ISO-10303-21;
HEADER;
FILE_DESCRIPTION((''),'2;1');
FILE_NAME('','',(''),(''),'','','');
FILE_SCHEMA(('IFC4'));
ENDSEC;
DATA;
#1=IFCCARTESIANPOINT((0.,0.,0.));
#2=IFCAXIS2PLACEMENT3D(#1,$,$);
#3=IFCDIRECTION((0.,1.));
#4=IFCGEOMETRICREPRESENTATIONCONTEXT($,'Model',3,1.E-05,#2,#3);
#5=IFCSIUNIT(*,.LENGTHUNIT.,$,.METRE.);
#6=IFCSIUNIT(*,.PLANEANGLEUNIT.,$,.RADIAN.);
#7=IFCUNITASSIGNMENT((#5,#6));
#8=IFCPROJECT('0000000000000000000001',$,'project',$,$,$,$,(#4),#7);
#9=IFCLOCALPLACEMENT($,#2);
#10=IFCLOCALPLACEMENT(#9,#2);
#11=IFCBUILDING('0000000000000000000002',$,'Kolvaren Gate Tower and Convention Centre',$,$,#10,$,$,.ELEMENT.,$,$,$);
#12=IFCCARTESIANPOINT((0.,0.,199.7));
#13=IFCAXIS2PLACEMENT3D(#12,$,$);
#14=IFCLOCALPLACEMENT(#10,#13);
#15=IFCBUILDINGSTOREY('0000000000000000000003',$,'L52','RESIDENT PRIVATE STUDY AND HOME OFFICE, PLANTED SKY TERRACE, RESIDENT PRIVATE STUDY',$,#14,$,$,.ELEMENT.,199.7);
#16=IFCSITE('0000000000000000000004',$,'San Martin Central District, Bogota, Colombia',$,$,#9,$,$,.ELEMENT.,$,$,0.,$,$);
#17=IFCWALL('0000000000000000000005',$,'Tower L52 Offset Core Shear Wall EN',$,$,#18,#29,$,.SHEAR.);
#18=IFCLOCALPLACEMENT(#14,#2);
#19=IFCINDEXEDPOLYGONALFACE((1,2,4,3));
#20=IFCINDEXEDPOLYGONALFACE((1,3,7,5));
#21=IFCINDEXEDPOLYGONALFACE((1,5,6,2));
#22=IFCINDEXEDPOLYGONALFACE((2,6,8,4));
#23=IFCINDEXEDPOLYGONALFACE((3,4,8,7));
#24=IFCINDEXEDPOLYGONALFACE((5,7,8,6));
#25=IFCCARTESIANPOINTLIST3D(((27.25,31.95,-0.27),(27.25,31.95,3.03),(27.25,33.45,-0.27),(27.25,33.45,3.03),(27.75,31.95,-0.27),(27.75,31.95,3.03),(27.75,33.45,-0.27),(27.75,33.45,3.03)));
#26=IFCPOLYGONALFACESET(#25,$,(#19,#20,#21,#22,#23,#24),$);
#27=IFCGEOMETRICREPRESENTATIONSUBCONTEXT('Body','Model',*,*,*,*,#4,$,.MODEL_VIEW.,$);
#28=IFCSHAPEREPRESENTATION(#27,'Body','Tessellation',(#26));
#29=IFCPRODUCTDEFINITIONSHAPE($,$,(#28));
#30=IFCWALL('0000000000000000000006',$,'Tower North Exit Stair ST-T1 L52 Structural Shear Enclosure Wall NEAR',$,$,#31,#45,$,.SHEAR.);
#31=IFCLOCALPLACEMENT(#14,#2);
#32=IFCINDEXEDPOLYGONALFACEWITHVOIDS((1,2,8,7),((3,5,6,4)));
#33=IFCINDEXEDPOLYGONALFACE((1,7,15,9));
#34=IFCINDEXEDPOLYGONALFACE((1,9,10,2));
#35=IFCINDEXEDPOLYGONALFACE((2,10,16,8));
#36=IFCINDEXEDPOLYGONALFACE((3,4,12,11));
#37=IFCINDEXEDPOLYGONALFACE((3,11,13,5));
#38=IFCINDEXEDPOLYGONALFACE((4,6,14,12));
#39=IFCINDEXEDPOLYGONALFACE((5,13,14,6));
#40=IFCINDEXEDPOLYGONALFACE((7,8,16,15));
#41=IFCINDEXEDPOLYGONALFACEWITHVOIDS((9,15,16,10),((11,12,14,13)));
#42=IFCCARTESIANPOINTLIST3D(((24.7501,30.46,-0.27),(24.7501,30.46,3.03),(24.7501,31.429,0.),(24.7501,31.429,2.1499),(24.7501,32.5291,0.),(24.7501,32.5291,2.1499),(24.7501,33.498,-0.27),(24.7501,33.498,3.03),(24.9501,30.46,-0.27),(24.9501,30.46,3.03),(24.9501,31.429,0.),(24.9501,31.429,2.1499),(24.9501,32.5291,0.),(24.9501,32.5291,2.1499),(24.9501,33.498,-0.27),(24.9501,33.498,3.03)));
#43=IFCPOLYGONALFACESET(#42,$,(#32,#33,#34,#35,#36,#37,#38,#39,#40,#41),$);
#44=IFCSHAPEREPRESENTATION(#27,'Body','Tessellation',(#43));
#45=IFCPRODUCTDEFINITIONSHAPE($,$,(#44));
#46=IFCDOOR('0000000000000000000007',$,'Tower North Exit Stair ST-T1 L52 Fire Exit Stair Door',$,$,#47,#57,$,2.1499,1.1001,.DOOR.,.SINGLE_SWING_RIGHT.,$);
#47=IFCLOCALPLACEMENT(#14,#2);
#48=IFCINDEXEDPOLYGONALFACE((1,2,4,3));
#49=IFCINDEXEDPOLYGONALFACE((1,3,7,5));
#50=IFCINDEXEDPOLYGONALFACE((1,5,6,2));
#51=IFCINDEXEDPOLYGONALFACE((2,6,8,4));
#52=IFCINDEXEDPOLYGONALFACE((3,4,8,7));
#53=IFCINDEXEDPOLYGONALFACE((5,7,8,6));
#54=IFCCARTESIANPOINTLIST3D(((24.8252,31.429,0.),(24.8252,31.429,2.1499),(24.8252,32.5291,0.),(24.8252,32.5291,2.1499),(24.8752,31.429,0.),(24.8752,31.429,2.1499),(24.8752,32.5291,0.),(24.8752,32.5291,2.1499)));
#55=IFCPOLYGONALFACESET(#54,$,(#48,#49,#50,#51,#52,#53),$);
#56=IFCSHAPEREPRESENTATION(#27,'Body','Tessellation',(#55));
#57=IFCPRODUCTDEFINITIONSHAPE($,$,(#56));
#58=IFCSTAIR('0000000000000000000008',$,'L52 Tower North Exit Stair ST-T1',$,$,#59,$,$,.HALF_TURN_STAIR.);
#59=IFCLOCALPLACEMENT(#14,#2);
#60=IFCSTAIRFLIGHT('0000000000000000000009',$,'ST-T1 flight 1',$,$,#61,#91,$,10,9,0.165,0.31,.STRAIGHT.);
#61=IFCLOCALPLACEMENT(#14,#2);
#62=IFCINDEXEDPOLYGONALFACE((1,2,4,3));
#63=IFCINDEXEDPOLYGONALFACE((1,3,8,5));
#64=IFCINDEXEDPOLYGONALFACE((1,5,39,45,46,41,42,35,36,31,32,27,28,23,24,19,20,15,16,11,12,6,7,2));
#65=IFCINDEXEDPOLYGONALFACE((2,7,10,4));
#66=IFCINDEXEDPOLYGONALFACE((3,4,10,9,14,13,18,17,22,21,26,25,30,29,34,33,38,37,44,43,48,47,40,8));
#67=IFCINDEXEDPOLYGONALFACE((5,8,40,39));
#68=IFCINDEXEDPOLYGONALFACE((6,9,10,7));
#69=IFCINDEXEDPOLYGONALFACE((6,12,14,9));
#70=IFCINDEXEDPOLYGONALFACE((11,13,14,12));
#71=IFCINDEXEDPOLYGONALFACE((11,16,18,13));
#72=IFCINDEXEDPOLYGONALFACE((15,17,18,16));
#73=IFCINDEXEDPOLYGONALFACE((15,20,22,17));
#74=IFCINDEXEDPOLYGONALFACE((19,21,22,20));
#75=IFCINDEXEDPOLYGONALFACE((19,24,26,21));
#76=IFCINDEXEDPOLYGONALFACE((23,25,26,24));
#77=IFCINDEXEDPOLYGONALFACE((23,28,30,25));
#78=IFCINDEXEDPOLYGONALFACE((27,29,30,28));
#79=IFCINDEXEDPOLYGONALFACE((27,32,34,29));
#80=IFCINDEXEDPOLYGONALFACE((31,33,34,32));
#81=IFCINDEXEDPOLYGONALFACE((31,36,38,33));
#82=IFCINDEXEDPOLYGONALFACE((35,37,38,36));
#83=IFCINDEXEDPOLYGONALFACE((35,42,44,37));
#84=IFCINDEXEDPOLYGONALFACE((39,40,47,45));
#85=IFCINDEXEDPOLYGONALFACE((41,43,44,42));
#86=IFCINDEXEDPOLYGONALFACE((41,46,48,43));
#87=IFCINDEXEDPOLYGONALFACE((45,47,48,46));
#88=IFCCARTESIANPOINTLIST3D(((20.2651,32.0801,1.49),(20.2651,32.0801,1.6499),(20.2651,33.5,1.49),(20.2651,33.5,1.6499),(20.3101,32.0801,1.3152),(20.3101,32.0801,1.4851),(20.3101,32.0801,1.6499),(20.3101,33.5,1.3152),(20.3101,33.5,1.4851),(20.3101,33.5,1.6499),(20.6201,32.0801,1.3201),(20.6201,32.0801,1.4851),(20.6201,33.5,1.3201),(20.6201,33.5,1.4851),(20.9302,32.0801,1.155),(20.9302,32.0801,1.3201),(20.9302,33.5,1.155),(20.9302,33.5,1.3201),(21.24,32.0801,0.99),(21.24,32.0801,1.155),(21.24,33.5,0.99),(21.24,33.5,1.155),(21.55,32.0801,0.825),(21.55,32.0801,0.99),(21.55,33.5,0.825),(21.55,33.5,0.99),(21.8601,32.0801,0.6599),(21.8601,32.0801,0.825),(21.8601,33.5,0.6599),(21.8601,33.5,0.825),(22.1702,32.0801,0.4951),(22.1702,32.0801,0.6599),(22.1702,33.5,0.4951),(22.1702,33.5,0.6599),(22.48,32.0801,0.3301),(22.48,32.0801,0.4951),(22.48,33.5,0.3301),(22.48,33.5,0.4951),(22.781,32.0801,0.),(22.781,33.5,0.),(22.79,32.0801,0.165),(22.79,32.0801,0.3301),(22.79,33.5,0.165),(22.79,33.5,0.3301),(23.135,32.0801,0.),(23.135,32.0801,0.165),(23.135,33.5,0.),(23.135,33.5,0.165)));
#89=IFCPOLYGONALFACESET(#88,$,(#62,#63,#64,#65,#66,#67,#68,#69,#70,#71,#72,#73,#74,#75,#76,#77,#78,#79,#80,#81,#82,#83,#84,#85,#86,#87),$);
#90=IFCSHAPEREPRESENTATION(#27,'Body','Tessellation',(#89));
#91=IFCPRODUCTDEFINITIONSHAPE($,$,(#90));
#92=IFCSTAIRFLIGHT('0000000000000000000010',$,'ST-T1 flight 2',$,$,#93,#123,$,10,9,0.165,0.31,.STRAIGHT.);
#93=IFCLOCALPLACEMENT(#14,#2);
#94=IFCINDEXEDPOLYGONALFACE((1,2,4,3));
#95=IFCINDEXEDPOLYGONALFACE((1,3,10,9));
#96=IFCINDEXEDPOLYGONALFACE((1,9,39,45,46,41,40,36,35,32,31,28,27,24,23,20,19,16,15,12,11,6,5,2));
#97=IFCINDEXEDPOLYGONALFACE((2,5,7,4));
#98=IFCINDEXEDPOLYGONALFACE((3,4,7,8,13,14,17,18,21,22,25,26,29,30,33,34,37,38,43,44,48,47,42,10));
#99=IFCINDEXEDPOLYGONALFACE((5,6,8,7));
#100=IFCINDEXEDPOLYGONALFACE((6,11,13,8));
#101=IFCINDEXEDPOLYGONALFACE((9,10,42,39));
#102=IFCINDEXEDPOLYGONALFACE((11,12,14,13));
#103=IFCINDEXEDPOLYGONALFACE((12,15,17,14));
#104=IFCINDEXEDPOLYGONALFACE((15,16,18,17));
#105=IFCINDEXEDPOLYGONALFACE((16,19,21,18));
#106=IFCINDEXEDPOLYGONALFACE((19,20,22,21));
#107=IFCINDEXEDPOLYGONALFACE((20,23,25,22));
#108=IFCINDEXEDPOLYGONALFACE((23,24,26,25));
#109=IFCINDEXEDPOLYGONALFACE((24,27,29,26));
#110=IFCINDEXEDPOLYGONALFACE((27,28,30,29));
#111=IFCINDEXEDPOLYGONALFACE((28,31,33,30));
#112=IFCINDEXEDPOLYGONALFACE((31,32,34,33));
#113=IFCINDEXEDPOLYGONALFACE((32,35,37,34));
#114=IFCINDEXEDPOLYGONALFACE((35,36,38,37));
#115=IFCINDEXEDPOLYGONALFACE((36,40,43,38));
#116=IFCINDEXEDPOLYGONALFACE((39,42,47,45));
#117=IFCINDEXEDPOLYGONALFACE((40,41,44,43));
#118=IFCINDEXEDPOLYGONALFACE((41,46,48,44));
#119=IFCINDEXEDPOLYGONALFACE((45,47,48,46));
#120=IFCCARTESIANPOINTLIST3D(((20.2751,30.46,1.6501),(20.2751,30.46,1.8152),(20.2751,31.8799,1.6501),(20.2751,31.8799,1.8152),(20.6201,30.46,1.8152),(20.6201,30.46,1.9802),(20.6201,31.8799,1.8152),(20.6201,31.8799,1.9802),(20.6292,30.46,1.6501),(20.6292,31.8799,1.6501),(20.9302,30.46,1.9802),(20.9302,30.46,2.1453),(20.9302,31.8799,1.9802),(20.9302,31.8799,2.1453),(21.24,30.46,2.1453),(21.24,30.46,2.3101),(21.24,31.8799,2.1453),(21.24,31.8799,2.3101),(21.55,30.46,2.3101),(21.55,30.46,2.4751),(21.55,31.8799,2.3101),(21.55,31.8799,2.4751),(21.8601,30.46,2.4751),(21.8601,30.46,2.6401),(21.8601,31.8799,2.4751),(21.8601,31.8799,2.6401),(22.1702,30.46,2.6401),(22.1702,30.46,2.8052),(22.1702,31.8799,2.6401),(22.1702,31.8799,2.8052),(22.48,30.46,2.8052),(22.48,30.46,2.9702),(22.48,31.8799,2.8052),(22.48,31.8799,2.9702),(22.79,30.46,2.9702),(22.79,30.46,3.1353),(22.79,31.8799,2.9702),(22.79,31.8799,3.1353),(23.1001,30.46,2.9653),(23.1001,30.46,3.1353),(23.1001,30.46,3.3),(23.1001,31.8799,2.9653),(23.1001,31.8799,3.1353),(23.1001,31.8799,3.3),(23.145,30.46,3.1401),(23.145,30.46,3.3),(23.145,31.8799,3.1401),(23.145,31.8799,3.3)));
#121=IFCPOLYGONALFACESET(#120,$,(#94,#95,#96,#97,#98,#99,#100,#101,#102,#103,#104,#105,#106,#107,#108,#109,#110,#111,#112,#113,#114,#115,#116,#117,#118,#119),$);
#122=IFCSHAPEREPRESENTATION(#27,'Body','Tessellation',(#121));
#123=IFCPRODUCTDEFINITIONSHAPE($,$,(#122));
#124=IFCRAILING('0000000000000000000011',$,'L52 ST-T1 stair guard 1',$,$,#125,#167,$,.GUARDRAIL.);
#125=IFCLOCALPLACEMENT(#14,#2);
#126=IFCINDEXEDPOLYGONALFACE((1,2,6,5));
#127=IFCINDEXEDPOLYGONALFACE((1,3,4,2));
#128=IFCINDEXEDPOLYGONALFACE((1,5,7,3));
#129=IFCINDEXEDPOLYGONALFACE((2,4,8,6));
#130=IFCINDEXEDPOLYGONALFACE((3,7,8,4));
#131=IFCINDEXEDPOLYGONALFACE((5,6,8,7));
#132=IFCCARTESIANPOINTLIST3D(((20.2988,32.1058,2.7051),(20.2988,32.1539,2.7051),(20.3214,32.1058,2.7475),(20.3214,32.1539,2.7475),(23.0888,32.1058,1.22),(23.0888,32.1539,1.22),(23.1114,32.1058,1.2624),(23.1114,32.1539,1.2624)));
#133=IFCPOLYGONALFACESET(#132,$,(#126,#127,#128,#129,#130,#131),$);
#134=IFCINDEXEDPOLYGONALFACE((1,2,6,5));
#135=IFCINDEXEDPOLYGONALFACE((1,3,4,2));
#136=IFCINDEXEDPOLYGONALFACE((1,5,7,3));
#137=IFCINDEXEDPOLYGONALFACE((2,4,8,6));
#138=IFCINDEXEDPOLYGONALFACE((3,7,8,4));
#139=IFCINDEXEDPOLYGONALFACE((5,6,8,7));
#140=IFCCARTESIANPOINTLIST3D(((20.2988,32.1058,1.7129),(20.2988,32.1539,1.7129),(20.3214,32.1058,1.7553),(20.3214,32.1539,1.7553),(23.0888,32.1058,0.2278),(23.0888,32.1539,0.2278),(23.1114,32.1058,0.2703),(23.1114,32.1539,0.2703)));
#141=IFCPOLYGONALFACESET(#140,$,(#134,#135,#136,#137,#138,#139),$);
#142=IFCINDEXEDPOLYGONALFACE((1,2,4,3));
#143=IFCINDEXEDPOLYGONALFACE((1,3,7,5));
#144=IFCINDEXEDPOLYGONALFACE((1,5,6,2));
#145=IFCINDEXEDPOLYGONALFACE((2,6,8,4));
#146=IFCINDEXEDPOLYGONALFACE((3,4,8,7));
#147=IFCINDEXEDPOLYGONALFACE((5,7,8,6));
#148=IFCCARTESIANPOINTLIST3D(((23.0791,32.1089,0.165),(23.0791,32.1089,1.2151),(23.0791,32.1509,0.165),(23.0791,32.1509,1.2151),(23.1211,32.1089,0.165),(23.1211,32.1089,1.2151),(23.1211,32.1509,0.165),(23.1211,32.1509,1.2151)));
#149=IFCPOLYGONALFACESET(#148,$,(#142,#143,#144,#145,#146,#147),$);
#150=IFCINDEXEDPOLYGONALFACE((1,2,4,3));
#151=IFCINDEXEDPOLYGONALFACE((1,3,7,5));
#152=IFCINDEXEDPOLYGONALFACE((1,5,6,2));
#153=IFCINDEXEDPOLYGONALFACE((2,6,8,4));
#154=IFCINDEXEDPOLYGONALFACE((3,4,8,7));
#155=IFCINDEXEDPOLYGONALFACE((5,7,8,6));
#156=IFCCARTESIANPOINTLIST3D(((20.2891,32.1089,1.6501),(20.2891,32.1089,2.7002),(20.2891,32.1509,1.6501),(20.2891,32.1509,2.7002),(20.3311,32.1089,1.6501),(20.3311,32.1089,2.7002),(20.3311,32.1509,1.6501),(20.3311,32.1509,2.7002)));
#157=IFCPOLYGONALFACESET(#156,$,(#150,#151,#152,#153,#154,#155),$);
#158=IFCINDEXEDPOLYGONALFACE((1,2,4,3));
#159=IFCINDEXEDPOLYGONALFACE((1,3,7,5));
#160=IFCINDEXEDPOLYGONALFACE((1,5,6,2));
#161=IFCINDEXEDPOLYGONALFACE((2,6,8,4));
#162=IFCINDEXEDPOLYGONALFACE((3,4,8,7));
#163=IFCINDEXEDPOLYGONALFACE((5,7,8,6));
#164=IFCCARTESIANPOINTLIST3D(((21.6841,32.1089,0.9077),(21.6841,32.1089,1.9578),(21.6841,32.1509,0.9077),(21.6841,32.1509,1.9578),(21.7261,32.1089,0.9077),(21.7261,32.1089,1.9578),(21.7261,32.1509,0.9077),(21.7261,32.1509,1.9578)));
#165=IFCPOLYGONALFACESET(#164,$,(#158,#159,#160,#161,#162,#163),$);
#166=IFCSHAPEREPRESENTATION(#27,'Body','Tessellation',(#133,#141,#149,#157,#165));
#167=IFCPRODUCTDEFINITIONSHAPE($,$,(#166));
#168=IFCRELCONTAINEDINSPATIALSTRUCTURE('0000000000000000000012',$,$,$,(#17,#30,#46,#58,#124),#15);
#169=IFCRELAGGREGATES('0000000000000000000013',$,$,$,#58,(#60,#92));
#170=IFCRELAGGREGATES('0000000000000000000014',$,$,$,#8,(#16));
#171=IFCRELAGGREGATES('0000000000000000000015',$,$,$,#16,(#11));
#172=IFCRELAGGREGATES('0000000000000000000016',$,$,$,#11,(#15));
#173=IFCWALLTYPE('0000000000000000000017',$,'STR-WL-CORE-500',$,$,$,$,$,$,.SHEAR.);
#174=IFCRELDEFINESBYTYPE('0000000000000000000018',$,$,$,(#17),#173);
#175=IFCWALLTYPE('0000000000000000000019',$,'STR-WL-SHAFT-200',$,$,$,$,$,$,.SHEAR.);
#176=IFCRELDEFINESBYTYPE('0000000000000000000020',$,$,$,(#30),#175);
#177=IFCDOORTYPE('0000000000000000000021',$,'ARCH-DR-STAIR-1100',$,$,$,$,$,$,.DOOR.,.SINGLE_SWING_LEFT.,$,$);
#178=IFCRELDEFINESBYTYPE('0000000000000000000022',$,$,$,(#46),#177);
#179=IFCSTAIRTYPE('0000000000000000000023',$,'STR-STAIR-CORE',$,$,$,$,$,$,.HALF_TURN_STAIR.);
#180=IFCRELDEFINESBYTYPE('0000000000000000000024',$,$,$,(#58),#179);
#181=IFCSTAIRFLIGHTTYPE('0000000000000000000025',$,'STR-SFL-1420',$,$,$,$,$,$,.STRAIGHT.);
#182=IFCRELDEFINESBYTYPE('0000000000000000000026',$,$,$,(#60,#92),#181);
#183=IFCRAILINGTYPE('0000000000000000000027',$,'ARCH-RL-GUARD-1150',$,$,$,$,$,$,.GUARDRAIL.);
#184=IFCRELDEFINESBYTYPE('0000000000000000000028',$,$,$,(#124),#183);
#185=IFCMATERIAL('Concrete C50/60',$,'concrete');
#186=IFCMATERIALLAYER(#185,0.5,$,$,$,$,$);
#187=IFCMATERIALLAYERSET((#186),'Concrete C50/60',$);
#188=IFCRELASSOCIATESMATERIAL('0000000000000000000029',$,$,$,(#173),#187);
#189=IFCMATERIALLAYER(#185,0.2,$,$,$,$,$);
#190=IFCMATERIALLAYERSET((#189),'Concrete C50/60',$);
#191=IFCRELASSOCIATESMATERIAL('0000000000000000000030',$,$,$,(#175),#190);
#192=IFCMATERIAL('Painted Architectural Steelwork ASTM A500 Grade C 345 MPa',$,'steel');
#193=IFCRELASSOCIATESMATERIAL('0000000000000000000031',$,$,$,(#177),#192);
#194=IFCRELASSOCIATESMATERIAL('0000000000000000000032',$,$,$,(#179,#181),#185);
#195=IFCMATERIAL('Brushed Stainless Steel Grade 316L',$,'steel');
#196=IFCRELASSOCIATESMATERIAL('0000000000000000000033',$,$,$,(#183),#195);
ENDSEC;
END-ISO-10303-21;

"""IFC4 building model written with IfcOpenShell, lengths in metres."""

from ifc_helpers import new_model, si_unit, direction, frame, frame_2d, origin, origin_2d, place, context, subcontext, project, spatial, polyline, rectangle, outline, extrude, material, layer, layer_set, type_object, element, fill, aggregate, save


model = new_model("IFC4")

# Units and contexts
model_context = context("Model", 3, precision=1e-05, world=origin(), true_north=direction((0.0, 1.0)))
body_context = subcontext(model_context, "Body", "Model", "MODEL_VIEW")
ifc_project = project(units=[si_unit("LENGTHUNIT", "METRE"), si_unit("PLANEANGLEUNIT", "RADIAN")], contexts=[model_context])

# Site, building, storey
site_placement = place(None, origin())
site = spatial("IfcSite", under=ifc_project, at=site_placement, Name="San Martin Central District, Bogota, Colombia", CompositionType="ELEMENT", RefElevation=0.0)
building_placement = place(site_placement, origin())
building = spatial("IfcBuilding", under=site, at=building_placement, Name="Kolvaren Gate Tower and Convention Centre", CompositionType="ELEMENT")
storey_placement = place(building_placement, frame((0.0, 0.0, 199.7)))
storey = spatial("IfcBuildingStorey", under=building, at=storey_placement, Name="L52", Description="RESIDENT PRIVATE STUDY AND HOME OFFICE, PLANTED SKY TERRACE, RESIDENT PRIVATE STUDY", CompositionType="ELEMENT", Elevation=199.7)

# Shared definitions
ifc_material_1 = material(Name="Brushed Stainless Steel Grade 316L", Category="steel")
ifc_material_2 = material(Name="Painted Architectural Steelwork ASTM A500 Grade C 345 MPa", Category="steel")

# Wall
ifc_material_3 = material(Name="Concrete C50/60", Category="concrete")
ifc_layer_1 = layer(ifc_material_3, 0.5)
ifc_layer_set_1 = layer_set([ifc_layer_1], Name="Concrete C50/60")
wall_type_1 = type_object("IfcWallType", Name="STR-WL-CORE-500", PredefinedType="SHEAR", material=ifc_layer_set_1)
wall_1_placement = place(storey_placement, frame((27.5, 31.95, -0.27), z_axis=(0.0, 0.0, 1.0), x_axis=(0.0, 1.0, 0.0)))
element("IfcWall", 1, at=wall_1_placement, inside=storey, type_object=wall_type_1, Name="Tower L52 Offset Core Shear Wall EN", PredefinedType="SHEAR", context=body_context, shape_type="SweptSolid", body=[
    extrude(rectangle(XDim=1.5, YDim=0.5, at=frame_2d((0.75, 0.0))), origin(), (0.0, 0.0, 1.0), 3.3),
])

# Wall, opening, door
ifc_layer_2 = layer(ifc_material_3, 0.2)
ifc_layer_set_2 = layer_set([ifc_layer_2], Name="Concrete C50/60")
wall_type_2 = type_object("IfcWallType", Name="STR-WL-SHAFT-200", PredefinedType="SHEAR", material=ifc_layer_set_2)
wall_2_placement = place(storey_placement, frame((24.8501, 30.46, -0.27), z_axis=(0.0, 0.0, 1.0), x_axis=(0.0, 1.0, 0.0)))
wall_2 = element("IfcWall", 2, at=wall_2_placement, inside=storey, type_object=wall_type_2, Name="Tower North Exit Stair ST-T1 L52 Structural Shear Enclosure Wall NEAR", PredefinedType="SHEAR", context=body_context, shape_type="SweptSolid", body=[
    extrude(rectangle(XDim=3.0381, YDim=0.2, at=frame_2d((1.519, 0.0))), origin(), (0.0, 0.0, 1.0), 3.3),
])
opening_1_placement = place(wall_2_placement, frame((0.969, 0.0, 0.27)))
opening_1 = element("IfcOpeningElement", 3, at=opening_1_placement, cuts=wall_2, PredefinedType="OPENING", context=body_context, shape_type="SweptSolid", body=[
    extrude(rectangle(XDim=1.1001, YDim=2.1499, at=frame_2d((0.55, 1.075))), frame((0.0, 0.1099, 0.0), z_axis=(0.0, -1.0, 0.0), x_axis=(1.0, 0.0, 0.0)), (0.0, 0.0, 1.0), 0.22),
])
door_type_1 = type_object("IfcDoorType", Name="ARCH-DR-STAIR-1100", OperationType="SINGLE_SWING_LEFT", PredefinedType="DOOR", material=ifc_material_2)
door_1_placement = place(opening_1_placement, origin())
door_1 = element("IfcDoor", 4, at=door_1_placement, inside=storey, type_object=door_type_1, Name="Tower North Exit Stair ST-T1 L52 Fire Exit Stair Door", OperationType="SINGLE_SWING_RIGHT", OverallHeight=2.1499, OverallWidth=1.1001, PredefinedType="DOOR", context=body_context, shape_type="SweptSolid", body=[
    extrude(rectangle(XDim=1.1001, YDim=2.1499, at=frame_2d((0.55, 1.075))), frame((0.0, 0.0249, 0.0), z_axis=(0.0, -1.0, 0.0), x_axis=(1.0, 0.0, 0.0)), (0.0, 0.0, 1.0), 0.05),
])
fill(opening_1, door_1)

# Stair, stair flights
stair_type = type_object("IfcStairType", Name="STR-STAIR-CORE", PredefinedType="HALF_TURN_STAIR", material=ifc_material_3)
stair_placement = place(storey_placement, origin())
stair = element("IfcStair", 5, at=stair_placement, inside=storey, type_object=stair_type, Name="L52 Tower North Exit Stair ST-T1", PredefinedType="HALF_TURN_STAIR")
stair_flight_type = type_object("IfcStairFlightType", Name="STR-SFL-1420", PredefinedType="STRAIGHT", material=ifc_material_3)
stair_flight_1_placement = place(storey_placement, frame((23.1001, 32.79, 0.0), z_axis=(0.0, 0.0, 1.0), x_axis=(-1.0, 0.0, 0.0)))
stair_flight_1 = element("IfcStairFlight", 6, at=stair_flight_1_placement, type_object=stair_flight_type, Name="ST-T1 flight 1", NumberOfRisers=10, NumberOfTreads=9, PredefinedType="STRAIGHT", RiserHeight=0.165, TreadLength=0.31, context=body_context, shape_type="SweptSolid", body=[
    extrude(outline(polyline([(-0.0349, 0.0), (-0.0349, 0.165), (0.3101, 0.165), (0.3101, 0.3301), (0.6201, 0.3301), (0.6201, 0.4951), (0.9299, 0.4951), (0.9299, 0.6599), (1.24, 0.6599), (1.24, 0.825), (1.55, 0.825), (1.55, 0.99), (1.8601, 0.99), (1.8601, 1.155), (2.1699, 1.155), (2.1699, 1.3201), (2.48, 1.3201), (2.48, 1.4851), (2.79, 1.4851), (2.79, 1.6499), (2.835, 1.6499), (2.835, 1.49), (2.79, 1.3152), (0.3191, 0.0), (-0.0349, 0.0)])), frame((0.0, 0.71, 0.0), z_axis=(0.0, -1.0, 0.0), x_axis=(1.0, 0.0, 0.0)), (0.0, 0.0, 1.0), 1.4199),
])
stair_flight_2_placement = place(storey_placement, frame((20.3101, 31.1699, 1.6501), z_axis=(0.0, 0.0, 1.0), x_axis=(1.0, 0.0, 0.0)))
stair_flight_2 = element("IfcStairFlight", 7, at=stair_flight_2_placement, type_object=stair_flight_type, Name="ST-T1 flight 2", NumberOfRisers=10, NumberOfTreads=9, PredefinedType="STRAIGHT", RiserHeight=0.165, TreadLength=0.31, context=body_context, shape_type="SweptSolid", body=[
    extrude(outline(polyline([(-0.0349, 0.0), (-0.0349, 0.165), (0.3101, 0.165), (0.3101, 0.3301), (0.6201, 0.3301), (0.6201, 0.4951), (0.9299, 0.4951), (0.9299, 0.6599), (1.24, 0.6599), (1.24, 0.825), (1.55, 0.825), (1.55, 0.99), (1.8601, 0.99), (1.8601, 1.155), (2.1699, 1.155), (2.1699, 1.3201), (2.48, 1.3201), (2.48, 1.4851), (2.79, 1.4851), (2.79, 1.6499), (2.835, 1.6499), (2.835, 1.49), (2.79, 1.3152), (0.3191, 0.0), (-0.0349, 0.0)])), frame((0.0, 0.71, 0.0), z_axis=(0.0, -1.0, 0.0), x_axis=(1.0, 0.0, 0.0)), (0.0, 0.0, 1.0), 1.4199),
])
aggregate(stair, [stair_flight_1, stair_flight_2])

# Railing
railing_type_1 = type_object("IfcRailingType", Name="ARCH-RL-GUARD-1150", PredefinedType="GUARDRAIL", material=ifc_material_1)
railing_1_placement = place(storey_placement, frame((23.1001, 32.1299, 0.165)))
element("IfcRailing", 8, at=railing_1_placement, inside=storey, type_object=railing_type_1, Name="L52 ST-T1 stair guard 1", PredefinedType="GUARDRAIL", context=body_context, shape_type="SweptSolid", body=[
    extrude(rectangle(XDim=0.0481, YDim=0.0481, at=origin_2d()), frame((0.0, 0.0, 1.0762), z_axis=(-0.882735, 0.0, 0.46987), x_axis=(0.0, -1.0, 0.0)), (0.0, 0.0, 1.0), 3.1606),
    extrude(rectangle(XDim=0.0481, YDim=0.0481, at=origin_2d()), frame((0.0, 0.0, 0.084), z_axis=(-0.882735, 0.0, 0.46987), x_axis=(0.0, -1.0, 0.0)), (0.0, 0.0, 1.0), 3.1606),
    extrude(rectangle(XDim=0.042, YDim=0.042, at=origin_2d()), origin(), (0.0, 0.0, 1.0), 1.05),
    extrude(rectangle(XDim=0.042, YDim=0.042, at=origin_2d()), frame((-2.79, 0.0, 1.4851)), (0.0, 0.0, 1.0), 1.05),
    extrude(rectangle(XDim=0.042, YDim=0.042, at=origin_2d()), frame((-1.395, 0.0, 0.7427)), (0.0, 0.0, 1.0), 1.05),
])

save(model, "model.ifc")
